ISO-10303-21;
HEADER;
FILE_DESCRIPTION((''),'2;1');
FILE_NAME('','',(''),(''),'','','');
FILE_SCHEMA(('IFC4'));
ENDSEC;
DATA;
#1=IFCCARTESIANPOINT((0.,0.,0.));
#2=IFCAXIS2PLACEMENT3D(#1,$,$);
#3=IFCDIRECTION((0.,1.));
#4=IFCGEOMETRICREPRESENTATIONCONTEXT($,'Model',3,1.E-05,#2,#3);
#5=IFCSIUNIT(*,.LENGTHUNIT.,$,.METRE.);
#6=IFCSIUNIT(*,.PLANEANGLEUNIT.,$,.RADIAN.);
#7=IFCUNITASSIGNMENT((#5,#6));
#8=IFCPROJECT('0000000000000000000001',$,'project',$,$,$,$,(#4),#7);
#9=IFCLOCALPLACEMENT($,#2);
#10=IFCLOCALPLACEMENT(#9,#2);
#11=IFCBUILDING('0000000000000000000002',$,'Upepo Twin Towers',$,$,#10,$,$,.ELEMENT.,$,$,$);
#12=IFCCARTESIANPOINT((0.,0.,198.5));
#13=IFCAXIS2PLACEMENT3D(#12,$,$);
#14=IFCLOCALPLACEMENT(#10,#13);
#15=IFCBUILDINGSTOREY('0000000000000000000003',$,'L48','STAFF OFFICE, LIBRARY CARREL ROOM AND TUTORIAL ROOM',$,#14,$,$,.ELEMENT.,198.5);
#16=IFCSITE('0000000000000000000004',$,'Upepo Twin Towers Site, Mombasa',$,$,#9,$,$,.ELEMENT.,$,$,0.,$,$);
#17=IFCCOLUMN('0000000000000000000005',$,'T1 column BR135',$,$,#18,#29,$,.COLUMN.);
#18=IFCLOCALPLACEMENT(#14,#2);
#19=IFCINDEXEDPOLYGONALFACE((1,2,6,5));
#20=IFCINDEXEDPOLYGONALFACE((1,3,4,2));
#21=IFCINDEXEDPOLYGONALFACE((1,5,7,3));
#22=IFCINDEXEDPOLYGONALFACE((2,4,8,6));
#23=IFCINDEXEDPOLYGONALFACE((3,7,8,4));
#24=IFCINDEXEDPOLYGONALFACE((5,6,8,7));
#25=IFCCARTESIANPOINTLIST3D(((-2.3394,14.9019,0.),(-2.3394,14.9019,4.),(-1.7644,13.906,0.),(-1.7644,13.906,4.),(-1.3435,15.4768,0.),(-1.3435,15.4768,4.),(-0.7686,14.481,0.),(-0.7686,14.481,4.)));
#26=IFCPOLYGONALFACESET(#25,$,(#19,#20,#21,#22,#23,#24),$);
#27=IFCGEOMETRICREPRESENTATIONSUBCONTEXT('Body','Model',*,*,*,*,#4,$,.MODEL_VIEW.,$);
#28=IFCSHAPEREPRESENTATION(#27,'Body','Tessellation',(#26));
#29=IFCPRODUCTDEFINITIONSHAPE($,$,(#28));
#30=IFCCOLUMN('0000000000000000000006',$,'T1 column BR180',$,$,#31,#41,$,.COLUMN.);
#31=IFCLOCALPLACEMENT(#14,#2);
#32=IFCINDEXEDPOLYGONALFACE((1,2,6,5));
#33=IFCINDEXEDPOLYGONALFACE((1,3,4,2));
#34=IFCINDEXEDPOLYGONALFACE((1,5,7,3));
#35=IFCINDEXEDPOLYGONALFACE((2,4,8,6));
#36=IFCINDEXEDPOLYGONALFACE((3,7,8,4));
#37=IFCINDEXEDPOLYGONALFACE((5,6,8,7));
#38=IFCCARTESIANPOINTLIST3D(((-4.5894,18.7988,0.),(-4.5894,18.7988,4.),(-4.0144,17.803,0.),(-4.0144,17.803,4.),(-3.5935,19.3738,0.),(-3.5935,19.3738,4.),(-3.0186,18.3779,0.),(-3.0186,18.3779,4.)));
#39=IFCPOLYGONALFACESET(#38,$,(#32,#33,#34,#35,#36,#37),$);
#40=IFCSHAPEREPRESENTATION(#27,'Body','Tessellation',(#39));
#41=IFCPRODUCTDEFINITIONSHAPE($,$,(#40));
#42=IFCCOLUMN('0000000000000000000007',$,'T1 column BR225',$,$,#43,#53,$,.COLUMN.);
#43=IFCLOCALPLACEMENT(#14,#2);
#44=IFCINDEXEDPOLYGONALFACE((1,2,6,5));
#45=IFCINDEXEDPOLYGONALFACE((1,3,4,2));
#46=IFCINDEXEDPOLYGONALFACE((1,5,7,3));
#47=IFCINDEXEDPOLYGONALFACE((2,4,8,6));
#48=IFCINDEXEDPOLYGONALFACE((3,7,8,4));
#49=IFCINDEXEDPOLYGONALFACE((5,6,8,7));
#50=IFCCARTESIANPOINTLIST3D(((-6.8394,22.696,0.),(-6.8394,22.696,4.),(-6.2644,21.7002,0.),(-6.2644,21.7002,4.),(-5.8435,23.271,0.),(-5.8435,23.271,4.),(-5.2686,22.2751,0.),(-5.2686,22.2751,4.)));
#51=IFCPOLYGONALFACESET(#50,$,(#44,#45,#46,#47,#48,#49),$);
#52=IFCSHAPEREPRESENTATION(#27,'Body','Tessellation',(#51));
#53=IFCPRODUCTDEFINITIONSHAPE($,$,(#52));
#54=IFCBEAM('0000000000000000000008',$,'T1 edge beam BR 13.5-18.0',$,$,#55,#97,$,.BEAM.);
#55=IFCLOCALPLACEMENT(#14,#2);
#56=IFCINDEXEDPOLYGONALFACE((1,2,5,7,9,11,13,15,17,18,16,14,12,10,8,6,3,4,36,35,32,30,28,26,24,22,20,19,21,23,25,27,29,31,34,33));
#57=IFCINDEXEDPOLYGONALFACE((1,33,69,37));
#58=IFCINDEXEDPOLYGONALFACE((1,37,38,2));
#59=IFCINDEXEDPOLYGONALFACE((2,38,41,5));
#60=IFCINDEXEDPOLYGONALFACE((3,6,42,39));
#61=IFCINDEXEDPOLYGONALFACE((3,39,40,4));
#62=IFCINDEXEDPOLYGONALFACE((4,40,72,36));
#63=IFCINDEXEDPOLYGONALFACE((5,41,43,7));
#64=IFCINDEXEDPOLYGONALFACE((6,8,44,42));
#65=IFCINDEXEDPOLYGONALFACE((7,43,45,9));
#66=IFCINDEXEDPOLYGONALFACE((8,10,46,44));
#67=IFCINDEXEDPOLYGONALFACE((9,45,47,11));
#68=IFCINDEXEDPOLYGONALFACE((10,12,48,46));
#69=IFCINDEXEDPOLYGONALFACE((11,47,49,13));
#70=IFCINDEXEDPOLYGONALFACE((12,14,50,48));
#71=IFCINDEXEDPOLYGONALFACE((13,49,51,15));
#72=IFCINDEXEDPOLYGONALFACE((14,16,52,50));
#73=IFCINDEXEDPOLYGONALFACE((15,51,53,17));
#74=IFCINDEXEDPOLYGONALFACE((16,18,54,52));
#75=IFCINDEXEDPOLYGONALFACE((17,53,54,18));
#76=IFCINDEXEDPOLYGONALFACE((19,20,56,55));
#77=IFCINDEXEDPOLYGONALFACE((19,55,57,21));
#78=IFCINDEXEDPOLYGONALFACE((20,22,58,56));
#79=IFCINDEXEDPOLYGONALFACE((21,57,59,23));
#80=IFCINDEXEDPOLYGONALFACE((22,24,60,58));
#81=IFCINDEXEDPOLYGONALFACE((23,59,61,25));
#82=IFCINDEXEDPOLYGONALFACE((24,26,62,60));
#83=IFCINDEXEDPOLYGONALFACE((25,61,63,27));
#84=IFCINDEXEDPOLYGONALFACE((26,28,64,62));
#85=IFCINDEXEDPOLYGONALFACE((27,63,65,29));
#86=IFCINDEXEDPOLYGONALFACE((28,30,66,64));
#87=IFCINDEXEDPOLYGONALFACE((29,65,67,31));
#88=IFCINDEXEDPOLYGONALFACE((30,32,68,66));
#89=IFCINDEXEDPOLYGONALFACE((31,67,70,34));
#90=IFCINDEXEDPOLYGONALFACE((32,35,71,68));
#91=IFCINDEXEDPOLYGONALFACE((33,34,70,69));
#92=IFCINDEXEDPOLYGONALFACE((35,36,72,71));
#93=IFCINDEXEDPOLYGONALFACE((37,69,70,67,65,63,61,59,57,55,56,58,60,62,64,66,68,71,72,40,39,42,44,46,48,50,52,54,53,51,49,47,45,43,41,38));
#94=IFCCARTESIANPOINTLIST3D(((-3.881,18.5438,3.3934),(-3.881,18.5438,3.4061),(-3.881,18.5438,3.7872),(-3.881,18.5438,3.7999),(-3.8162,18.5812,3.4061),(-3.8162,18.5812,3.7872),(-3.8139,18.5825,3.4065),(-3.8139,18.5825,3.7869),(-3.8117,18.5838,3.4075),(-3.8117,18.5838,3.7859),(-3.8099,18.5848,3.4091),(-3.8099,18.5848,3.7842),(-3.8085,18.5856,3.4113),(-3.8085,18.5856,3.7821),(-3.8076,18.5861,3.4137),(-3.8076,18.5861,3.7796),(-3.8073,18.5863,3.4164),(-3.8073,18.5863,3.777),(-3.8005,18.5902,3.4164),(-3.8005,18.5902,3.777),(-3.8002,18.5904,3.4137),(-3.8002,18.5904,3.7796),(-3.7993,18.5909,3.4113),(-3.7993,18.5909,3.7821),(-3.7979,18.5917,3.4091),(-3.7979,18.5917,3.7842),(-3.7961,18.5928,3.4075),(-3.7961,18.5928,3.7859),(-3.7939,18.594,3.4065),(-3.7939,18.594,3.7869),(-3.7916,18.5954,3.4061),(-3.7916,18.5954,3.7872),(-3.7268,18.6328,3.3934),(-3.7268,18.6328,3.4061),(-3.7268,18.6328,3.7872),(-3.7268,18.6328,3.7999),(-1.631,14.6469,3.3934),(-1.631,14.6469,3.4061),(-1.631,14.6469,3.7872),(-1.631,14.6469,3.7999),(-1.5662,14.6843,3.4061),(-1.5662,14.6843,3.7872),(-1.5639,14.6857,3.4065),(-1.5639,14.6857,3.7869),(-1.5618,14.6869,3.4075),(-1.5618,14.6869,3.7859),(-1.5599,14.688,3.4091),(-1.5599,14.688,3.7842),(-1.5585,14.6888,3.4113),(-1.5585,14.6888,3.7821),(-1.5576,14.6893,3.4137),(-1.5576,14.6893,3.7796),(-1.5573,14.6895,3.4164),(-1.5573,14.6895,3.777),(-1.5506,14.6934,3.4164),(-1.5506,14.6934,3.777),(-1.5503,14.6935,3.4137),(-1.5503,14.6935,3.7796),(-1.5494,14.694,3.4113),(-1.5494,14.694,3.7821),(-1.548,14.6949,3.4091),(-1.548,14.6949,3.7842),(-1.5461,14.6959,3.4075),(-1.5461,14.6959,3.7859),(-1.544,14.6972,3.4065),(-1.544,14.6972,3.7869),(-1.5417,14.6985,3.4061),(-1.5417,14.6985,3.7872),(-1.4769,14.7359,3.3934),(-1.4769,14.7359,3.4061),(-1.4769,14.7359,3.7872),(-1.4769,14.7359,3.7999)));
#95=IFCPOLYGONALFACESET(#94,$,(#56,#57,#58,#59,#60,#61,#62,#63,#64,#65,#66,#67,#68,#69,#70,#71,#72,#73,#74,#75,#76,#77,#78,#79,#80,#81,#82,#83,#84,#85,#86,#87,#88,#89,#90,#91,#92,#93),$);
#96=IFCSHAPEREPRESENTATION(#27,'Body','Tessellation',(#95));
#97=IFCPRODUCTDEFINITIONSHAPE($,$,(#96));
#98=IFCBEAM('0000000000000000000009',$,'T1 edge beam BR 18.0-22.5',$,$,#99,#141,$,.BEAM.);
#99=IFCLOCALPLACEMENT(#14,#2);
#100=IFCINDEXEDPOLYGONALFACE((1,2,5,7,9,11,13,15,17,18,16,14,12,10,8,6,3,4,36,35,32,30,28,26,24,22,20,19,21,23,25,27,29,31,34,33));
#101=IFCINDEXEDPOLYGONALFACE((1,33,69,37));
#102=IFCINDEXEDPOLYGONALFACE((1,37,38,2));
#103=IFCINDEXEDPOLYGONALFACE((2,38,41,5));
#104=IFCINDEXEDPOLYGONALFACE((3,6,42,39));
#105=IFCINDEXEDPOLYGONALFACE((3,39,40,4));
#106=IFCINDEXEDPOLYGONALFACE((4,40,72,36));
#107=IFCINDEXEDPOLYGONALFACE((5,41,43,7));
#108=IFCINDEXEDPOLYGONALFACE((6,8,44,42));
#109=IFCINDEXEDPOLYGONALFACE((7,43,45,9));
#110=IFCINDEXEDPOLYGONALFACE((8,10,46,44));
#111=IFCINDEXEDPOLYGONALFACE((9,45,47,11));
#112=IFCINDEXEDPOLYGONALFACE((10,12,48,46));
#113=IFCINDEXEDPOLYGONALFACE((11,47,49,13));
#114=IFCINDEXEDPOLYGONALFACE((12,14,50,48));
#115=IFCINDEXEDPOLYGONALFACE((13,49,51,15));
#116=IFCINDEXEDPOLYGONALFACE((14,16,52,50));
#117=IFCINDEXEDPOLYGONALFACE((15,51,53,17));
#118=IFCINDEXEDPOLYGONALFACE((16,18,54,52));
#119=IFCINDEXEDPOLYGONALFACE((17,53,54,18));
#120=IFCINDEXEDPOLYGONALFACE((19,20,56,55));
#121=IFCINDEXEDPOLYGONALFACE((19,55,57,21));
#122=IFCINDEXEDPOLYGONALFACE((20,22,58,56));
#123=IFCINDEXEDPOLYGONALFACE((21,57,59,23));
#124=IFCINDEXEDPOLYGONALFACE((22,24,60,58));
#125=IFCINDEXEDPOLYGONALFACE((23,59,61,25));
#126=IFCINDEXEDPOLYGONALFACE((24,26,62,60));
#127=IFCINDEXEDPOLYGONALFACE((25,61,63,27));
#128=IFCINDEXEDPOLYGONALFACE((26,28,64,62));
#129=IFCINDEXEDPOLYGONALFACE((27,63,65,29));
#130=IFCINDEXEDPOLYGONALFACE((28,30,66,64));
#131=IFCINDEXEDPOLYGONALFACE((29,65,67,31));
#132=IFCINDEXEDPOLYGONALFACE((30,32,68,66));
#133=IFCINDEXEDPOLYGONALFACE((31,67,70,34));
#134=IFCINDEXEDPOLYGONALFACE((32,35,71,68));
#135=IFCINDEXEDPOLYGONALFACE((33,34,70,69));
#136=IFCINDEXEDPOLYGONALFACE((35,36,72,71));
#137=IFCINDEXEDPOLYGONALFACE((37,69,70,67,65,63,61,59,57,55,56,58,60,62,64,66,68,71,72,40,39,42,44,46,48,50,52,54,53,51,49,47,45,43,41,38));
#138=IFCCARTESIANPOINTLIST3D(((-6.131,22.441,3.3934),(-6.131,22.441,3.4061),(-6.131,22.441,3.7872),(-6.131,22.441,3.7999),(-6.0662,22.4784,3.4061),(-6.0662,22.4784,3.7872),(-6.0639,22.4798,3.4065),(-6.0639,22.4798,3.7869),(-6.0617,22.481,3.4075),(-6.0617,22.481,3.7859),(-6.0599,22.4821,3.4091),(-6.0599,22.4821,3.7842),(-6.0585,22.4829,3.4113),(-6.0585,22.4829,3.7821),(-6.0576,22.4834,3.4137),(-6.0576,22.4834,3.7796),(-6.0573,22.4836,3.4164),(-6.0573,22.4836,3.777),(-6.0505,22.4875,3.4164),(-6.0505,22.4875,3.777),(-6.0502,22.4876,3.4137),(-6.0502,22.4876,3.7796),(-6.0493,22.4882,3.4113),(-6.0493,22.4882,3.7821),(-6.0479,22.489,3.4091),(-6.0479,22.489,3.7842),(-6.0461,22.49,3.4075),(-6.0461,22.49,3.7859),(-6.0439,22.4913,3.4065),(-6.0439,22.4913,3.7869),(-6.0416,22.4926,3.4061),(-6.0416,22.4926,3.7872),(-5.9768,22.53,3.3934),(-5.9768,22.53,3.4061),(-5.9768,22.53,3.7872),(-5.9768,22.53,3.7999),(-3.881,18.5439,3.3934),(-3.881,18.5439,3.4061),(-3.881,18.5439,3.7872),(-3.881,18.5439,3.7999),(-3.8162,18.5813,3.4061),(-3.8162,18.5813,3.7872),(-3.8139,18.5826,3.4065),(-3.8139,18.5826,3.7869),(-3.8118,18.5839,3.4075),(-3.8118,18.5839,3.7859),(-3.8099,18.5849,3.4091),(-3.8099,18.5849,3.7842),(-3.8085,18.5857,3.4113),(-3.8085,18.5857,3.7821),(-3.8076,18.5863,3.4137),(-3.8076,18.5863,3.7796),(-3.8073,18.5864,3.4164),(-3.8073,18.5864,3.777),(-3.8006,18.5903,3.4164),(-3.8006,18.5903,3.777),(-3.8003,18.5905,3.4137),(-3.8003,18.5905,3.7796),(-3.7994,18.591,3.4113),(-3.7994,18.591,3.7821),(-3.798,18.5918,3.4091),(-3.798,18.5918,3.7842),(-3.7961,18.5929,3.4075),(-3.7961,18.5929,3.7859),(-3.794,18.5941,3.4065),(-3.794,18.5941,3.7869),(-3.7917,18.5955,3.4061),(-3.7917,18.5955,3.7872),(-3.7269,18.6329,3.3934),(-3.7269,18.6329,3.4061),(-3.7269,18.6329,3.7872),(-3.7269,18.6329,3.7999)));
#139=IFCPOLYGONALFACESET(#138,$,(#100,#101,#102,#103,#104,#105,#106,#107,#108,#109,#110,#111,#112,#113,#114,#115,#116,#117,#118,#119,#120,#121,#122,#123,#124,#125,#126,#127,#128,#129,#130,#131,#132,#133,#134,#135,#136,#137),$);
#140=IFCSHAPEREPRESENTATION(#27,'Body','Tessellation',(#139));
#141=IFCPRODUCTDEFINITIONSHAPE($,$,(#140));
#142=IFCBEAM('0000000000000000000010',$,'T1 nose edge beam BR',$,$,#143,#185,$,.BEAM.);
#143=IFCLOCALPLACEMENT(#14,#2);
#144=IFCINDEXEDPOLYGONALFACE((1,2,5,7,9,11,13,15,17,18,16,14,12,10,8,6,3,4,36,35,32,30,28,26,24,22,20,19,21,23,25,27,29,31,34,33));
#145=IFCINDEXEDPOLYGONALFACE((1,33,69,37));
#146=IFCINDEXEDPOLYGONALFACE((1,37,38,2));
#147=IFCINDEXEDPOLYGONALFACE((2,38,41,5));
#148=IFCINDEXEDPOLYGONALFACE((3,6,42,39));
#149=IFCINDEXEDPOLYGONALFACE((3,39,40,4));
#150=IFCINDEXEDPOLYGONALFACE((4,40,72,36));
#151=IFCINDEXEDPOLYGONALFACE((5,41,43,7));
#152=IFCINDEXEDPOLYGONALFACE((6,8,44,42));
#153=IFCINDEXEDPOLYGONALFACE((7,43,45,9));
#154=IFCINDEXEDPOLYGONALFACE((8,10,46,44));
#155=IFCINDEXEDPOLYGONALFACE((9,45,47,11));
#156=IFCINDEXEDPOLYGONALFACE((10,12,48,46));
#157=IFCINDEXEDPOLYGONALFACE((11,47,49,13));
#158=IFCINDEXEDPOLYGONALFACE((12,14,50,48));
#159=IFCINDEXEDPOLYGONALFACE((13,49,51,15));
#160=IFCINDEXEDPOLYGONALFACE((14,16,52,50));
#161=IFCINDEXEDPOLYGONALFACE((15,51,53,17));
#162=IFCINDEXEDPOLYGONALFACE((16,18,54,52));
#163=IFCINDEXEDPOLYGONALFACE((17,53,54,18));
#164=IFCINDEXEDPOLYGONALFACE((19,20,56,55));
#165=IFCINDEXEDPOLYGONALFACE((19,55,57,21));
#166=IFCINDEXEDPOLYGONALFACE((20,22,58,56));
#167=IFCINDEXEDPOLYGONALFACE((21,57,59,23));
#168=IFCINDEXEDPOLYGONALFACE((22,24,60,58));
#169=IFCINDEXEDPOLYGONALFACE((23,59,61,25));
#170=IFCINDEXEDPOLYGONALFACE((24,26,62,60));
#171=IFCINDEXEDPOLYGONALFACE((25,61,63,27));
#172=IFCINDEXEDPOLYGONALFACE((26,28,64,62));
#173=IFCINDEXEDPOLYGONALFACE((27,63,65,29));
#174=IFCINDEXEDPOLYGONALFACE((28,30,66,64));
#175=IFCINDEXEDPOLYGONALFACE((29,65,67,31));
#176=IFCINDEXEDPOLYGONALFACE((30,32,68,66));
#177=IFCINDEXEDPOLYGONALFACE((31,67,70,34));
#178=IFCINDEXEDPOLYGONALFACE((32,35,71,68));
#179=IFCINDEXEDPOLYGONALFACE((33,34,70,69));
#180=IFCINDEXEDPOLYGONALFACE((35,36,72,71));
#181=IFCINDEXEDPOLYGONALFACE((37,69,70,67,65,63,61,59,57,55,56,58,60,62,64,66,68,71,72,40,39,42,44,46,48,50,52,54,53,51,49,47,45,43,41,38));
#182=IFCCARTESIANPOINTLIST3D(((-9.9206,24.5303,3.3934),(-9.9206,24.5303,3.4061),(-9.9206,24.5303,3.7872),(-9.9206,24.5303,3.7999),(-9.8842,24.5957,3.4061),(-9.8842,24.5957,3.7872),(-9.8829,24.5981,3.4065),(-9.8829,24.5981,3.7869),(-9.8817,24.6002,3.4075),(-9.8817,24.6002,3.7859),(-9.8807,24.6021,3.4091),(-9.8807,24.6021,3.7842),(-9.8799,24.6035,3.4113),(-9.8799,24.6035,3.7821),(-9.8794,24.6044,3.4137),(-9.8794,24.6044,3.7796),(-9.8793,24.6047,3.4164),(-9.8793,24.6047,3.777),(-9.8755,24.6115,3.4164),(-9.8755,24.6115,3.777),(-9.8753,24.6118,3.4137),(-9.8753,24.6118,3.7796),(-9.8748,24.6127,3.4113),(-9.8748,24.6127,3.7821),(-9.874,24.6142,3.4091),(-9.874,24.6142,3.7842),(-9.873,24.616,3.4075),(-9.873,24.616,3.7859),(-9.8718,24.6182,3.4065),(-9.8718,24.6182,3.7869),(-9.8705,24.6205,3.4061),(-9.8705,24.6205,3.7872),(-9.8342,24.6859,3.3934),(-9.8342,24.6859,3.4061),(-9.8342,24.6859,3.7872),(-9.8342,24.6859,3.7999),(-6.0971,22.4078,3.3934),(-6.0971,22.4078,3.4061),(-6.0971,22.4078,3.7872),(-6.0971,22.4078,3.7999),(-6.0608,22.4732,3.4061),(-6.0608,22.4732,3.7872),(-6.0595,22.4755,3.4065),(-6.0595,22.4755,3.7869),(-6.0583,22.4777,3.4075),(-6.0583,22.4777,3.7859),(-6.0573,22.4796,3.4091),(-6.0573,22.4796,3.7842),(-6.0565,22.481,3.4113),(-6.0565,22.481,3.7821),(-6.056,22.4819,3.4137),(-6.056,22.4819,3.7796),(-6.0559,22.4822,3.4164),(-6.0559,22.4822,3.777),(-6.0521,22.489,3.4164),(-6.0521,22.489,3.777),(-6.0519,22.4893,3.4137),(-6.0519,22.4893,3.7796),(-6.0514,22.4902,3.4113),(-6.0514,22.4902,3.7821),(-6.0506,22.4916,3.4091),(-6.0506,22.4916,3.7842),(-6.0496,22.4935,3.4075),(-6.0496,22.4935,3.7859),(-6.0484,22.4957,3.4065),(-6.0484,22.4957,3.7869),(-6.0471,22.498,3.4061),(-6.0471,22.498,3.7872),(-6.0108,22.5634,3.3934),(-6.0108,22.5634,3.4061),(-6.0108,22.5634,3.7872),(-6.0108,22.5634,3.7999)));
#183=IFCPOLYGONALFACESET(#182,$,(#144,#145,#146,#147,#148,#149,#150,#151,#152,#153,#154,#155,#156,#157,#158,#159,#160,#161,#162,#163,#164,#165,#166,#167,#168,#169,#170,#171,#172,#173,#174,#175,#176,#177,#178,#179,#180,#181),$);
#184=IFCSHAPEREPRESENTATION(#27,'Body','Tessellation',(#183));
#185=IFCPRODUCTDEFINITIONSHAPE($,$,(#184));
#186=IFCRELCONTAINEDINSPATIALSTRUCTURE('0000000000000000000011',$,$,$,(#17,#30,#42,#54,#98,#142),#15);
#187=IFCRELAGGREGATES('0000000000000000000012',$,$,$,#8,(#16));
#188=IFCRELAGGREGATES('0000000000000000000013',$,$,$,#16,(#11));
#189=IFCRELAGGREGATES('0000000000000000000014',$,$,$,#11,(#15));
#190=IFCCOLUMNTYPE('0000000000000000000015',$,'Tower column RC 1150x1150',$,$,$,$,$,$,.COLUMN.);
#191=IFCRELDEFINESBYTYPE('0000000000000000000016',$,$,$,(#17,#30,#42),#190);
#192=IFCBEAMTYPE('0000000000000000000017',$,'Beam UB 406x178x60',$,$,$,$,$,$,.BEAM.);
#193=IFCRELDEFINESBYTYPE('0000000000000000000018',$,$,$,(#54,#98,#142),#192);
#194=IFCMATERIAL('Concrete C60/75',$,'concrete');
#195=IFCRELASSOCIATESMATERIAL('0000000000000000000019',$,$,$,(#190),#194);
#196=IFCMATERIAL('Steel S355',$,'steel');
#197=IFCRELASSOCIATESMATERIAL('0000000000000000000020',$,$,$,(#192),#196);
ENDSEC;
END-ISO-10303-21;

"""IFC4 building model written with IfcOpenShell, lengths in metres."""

from ifc_helpers import new_model, si_unit, direction, frame, origin, origin_2d, place, context, subcontext, project, spatial, rectangle, i_section, extrude, material, material_profile, profile_set, type_object, element, save


model = new_model("IFC4")

# Units and contexts
model_context = context("Model", 3, precision=1e-05, world=origin(), true_north=direction((0.0, 1.0)))
body_context = subcontext(model_context, "Body", "Model", "MODEL_VIEW")
ifc_project = project(units=[si_unit("LENGTHUNIT", "METRE"), si_unit("PLANEANGLEUNIT", "RADIAN")], contexts=[model_context])

# Site, building, storey
site_placement = place(None, origin())
site = spatial("IfcSite", under=ifc_project, at=site_placement, Name="Upepo Twin Towers Site, Mombasa", CompositionType="ELEMENT", RefElevation=0.0)
building_placement = place(site_placement, origin())
building = spatial("IfcBuilding", under=site, at=building_placement, Name="Upepo Twin Towers", CompositionType="ELEMENT")
storey_placement = place(building_placement, frame((0.0, 0.0, 198.5)))
storey = spatial("IfcBuildingStorey", under=building, at=storey_placement, Name="L48", Description="STAFF OFFICE, LIBRARY CARREL ROOM AND TUTORIAL ROOM", CompositionType="ELEMENT", Elevation=198.5)

# Columns
ifc_material_1 = material(Name="Concrete C60/75", Category="concrete")
ifc_material_profile_1 = material_profile(ifc_material_1, rectangle(XDim=1.1499, YDim=1.1499, at=origin_2d()), Name="RC 1150x1150")
ifc_profile_set_1 = profile_set([ifc_material_profile_1], Name="Concrete C60/75")
column_type = type_object("IfcColumnType", Name="Tower column RC 1150x1150", PredefinedType="COLUMN", material=ifc_profile_set_1)
for number, where, z_axis, x_axis, name in (
    (1, (-1.554, 14.6914, 0.0), (0.0, 0.0, 1.0), (0.866025, 0.5, 0.0), "T1 column BR135"),
    (2, (-3.804, 18.5884, 0.0), (0.0, 0.0, 1.0), (0.866025, 0.5, 0.0), "T1 column BR180"),
    (3, (-6.054, 22.4856, 0.0), (0.0, 0.0, 1.0), (0.866025, 0.5, 0.0), "T1 column BR225"),
):
    element("IfcColumn", number, at=place(storey_placement, frame(where, z_axis=z_axis, x_axis=x_axis)), inside=storey, type_object=column_type, Name=name, PredefinedType="COLUMN", context=body_context, shape_type="SweptSolid", body=[
        extrude(rectangle(XDim=1.1499, YDim=1.1499, at=origin_2d()), origin(), (0.0, 0.0, 1.0), 4.0),
    ])

# Beams
ifc_material_2 = material(Name="Steel S355", Category="steel")
ifc_material_profile_2 = material_profile(ifc_material_2, i_section(OverallWidth=0.178, OverallDepth=0.4065, WebThickness=0.0078, FlangeThickness=0.0127, FilletRadius=0.0103, at=origin_2d()), Name="UB 406x178x60")
ifc_profile_set_2 = profile_set([ifc_material_profile_2], Name="Steel S355")
beam_type_1 = type_object("IfcBeamType", Name="Beam UB 406x178x60", PredefinedType="BEAM", material=ifc_profile_set_2)
beam_1_placement = place(storey_placement, frame((-1.554, 14.6914, 3.5967), z_axis=(-0.500014, 0.866018, 0.0), x_axis=(-0.866018, -0.500014, 0.0)))
element("IfcBeam", 4, at=beam_1_placement, inside=storey, type_object=beam_type_1, Name="T1 edge beam BR 13.5-18.0", PredefinedType="BEAM", context=body_context, shape_type="SweptSolid", body=[
    extrude(i_section(OverallWidth=0.178, OverallDepth=0.4065, WebThickness=0.0078, FlangeThickness=0.0127, FilletRadius=0.0103, at=origin_2d()), origin(), (0.0, 0.0, 1.0), 4.4998),
])
beam_2_placement = place(storey_placement, frame((-3.804, 18.5884, 3.5967), z_axis=(-0.49999, 0.866031, 0.0), x_axis=(-0.866031, -0.49999, 0.0)))
element("IfcBeam", 5, at=beam_2_placement, inside=storey, type_object=beam_type_1, Name="T1 edge beam BR 18.0-22.5", PredefinedType="BEAM", context=body_context, shape_type="SweptSolid", body=[
    extrude(i_section(OverallWidth=0.178, OverallDepth=0.4065, WebThickness=0.0078, FlangeThickness=0.0127, FilletRadius=0.0103, at=origin_2d()), origin(), (0.0, 0.0, 1.0), 4.5),
])
beam_3_placement = place(storey_placement, frame((-6.054, 22.4856, 3.5967), z_axis=(-0.874313, 0.485363, 0.0), x_axis=(-0.485363, -0.874313, 0.0)))
element("IfcBeam", 6, at=beam_3_placement, inside=storey, type_object=beam_type_1, Name="T1 nose edge beam BR", PredefinedType="BEAM", context=body_context, shape_type="SweptSolid", body=[
    extrude(i_section(OverallWidth=0.178, OverallDepth=0.4065, WebThickness=0.0078, FlangeThickness=0.0127, FilletRadius=0.0103, at=origin_2d()), origin(), (0.0, 0.0, 1.0), 4.373),
])

save(model, "model.ifc")
